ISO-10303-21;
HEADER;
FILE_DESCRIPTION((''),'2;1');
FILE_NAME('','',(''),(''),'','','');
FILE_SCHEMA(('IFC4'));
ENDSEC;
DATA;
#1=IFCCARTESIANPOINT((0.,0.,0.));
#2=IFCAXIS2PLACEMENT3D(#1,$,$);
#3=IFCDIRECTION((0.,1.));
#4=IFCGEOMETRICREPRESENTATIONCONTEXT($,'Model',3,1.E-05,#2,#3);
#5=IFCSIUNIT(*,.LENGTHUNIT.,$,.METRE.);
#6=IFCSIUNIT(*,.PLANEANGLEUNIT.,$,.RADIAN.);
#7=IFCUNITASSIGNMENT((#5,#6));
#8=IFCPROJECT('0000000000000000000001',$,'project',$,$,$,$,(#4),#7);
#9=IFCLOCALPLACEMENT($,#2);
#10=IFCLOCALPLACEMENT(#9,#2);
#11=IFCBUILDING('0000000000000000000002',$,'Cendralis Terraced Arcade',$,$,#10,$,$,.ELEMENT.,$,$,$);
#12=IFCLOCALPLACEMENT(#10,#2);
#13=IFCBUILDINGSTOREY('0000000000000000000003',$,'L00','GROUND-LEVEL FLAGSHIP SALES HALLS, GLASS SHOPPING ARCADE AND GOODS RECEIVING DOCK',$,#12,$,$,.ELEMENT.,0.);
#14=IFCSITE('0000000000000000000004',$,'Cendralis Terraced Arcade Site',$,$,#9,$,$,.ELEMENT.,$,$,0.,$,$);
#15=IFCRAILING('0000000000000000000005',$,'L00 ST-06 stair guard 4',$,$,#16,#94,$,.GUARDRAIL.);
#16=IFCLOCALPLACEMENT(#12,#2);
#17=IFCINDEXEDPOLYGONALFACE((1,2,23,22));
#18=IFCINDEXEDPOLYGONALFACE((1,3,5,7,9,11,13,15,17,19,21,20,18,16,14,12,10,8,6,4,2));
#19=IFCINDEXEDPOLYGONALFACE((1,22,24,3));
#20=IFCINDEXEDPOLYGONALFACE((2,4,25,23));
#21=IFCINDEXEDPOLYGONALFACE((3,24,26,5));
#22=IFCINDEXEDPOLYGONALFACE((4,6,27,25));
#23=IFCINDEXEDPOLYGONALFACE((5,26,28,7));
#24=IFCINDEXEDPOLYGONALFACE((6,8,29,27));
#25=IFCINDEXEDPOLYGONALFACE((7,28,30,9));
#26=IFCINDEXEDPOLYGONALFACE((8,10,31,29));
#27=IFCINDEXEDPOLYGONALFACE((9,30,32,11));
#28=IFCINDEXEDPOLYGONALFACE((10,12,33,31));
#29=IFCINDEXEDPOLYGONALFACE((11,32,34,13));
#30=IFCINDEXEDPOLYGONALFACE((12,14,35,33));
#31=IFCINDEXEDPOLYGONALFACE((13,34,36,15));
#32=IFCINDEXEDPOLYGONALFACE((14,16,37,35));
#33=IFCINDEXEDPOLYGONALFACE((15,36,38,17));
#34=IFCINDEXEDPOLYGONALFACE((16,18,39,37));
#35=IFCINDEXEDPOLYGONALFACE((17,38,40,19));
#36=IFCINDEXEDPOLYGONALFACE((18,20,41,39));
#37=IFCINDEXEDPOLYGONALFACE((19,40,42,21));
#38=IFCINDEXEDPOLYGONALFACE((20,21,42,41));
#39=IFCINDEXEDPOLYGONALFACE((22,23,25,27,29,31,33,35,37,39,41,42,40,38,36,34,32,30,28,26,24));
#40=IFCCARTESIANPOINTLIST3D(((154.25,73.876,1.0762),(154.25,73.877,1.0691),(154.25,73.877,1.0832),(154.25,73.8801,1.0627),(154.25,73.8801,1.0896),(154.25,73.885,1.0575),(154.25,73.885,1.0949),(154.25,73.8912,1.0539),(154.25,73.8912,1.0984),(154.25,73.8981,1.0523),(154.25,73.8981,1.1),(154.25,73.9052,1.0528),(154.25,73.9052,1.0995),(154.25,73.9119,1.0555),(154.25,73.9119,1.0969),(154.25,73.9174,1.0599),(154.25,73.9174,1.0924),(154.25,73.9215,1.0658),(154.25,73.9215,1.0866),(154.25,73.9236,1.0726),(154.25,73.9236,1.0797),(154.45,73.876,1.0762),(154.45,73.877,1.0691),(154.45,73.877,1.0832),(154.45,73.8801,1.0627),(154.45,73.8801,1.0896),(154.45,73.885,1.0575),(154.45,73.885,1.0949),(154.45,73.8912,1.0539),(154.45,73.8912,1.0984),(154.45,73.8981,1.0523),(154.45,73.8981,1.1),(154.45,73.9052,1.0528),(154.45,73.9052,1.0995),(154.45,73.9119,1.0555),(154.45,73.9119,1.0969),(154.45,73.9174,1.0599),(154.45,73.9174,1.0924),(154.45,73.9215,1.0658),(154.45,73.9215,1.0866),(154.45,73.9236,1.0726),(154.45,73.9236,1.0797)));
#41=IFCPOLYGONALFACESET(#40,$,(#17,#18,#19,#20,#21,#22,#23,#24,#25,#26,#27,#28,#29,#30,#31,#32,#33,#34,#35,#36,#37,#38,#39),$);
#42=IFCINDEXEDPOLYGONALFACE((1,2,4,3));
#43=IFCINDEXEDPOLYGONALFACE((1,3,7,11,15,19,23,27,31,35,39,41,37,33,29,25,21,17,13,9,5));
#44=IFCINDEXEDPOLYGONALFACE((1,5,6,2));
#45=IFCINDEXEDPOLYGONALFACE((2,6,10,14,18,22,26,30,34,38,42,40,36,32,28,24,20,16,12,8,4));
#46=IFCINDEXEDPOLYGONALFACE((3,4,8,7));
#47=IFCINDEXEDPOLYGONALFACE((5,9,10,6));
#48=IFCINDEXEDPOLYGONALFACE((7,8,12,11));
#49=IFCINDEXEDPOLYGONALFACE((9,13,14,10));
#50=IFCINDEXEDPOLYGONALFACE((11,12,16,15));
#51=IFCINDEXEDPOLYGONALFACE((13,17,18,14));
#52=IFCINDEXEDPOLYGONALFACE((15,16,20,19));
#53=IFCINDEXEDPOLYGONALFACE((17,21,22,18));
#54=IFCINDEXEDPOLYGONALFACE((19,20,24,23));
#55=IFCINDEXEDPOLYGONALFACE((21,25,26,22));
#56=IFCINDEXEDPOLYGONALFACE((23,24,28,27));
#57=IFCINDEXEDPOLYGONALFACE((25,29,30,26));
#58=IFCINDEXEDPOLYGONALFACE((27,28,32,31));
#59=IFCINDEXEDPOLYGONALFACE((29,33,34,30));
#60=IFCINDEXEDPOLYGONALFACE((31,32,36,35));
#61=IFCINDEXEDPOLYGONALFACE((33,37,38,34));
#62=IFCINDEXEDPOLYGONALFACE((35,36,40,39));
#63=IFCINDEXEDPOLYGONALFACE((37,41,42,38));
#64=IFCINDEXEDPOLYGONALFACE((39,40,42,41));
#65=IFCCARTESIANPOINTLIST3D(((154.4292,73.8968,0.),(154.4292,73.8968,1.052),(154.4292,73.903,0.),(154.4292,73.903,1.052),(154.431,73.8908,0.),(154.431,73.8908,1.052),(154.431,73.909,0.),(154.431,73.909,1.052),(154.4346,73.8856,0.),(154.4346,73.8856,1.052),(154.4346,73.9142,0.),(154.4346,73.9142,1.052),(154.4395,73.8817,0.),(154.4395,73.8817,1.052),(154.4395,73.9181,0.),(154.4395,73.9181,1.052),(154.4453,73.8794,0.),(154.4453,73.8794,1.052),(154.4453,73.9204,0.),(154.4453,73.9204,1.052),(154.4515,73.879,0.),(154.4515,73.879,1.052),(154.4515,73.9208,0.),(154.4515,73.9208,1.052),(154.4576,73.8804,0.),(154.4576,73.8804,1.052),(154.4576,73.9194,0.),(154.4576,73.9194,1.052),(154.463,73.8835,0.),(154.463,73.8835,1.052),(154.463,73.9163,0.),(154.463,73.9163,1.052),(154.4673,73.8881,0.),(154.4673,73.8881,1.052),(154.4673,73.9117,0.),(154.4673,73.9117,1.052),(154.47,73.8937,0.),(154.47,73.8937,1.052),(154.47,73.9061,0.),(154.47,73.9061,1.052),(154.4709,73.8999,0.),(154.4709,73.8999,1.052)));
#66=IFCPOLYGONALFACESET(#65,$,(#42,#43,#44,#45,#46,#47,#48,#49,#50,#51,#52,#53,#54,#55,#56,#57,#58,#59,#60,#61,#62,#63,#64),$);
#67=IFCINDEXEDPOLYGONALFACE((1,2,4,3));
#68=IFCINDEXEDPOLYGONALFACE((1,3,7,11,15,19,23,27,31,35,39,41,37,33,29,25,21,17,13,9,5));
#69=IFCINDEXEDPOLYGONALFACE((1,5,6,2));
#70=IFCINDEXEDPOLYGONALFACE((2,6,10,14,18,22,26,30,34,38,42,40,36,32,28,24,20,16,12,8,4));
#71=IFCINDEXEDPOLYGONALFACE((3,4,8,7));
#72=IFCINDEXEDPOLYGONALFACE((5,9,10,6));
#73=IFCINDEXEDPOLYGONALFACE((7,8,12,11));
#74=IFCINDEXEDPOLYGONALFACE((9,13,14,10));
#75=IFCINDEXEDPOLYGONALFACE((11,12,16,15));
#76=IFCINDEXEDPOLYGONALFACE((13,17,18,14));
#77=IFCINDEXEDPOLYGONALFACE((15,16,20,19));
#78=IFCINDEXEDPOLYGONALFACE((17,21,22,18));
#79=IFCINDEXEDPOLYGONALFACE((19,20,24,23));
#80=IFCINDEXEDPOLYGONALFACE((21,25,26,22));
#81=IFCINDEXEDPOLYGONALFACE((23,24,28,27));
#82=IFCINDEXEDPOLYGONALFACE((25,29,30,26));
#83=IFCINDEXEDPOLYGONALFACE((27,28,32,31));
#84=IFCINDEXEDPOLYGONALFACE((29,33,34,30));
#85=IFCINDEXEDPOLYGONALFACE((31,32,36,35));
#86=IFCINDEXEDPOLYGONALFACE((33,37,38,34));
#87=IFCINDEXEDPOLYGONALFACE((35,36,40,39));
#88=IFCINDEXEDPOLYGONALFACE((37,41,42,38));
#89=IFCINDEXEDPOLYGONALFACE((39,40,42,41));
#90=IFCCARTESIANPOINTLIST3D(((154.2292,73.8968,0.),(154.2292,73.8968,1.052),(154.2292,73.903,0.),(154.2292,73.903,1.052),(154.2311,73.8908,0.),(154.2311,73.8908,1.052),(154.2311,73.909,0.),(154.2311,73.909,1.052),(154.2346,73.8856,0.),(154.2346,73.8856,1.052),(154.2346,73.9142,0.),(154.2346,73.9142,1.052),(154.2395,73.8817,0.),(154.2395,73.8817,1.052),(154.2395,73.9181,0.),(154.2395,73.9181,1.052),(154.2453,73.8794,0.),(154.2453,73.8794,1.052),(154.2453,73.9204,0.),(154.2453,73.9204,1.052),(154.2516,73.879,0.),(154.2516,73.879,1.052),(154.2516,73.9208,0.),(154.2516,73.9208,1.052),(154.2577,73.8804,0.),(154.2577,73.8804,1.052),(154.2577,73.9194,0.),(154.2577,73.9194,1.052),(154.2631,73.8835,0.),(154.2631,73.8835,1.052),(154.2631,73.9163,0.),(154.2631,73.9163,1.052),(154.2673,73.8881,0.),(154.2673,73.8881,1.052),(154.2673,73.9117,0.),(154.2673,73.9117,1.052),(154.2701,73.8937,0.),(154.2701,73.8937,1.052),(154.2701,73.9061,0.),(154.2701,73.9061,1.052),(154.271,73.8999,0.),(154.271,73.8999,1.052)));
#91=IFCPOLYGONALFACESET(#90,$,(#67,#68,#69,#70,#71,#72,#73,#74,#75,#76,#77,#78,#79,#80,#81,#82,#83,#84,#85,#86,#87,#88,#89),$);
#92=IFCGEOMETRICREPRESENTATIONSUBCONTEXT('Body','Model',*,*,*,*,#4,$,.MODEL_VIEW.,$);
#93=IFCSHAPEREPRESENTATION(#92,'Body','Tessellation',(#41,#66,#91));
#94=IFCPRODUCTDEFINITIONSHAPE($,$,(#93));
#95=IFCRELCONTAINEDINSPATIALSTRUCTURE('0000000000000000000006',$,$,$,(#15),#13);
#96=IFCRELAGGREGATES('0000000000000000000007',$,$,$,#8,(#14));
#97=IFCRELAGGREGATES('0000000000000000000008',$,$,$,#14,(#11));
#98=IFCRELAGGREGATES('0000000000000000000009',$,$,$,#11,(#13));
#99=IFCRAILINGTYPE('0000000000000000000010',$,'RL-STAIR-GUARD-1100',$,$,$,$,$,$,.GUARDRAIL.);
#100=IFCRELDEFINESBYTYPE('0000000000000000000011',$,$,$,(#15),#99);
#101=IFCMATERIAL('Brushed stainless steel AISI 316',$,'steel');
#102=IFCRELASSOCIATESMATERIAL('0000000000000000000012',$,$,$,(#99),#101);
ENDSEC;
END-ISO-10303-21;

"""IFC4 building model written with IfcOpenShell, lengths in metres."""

from ifc_helpers import new_model, si_unit, direction, frame, origin, origin_2d, place, context, subcontext, project, spatial, circle, extrude, material, type_object, element, save


model = new_model("IFC4")

# Units and contexts
model_context = context("Model", 3, precision=1e-05, world=origin(), true_north=direction((0.0, 1.0)))
body_context = subcontext(model_context, "Body", "Model", "MODEL_VIEW")
ifc_project = project(units=[si_unit("LENGTHUNIT", "METRE"), si_unit("PLANEANGLEUNIT", "RADIAN")], contexts=[model_context])

# Site, building, storey
site_placement = place(None, origin())
site = spatial("IfcSite", under=ifc_project, at=site_placement, Name="Cendralis Terraced Arcade Site", CompositionType="ELEMENT", RefElevation=0.0)
building_placement = place(site_placement, origin())
building = spatial("IfcBuilding", under=site, at=building_placement, Name="Cendralis Terraced Arcade", CompositionType="ELEMENT")
storey_placement = place(building_placement, origin())
storey = spatial("IfcBuildingStorey", under=building, at=storey_placement, Name="L00", Description="GROUND-LEVEL FLAGSHIP SALES HALLS, GLASS SHOPPING ARCADE AND GOODS RECEIVING DOCK", CompositionType="ELEMENT", Elevation=0.0)

# Railing
ifc_material_1 = material(Name="Brushed stainless steel AISI 316", Category="steel")
railing_type_1 = type_object("IfcRailingType", Name="RL-STAIR-GUARD-1100", PredefinedType="GUARDRAIL", material=ifc_material_1)
railing_1_placement = place(storey_placement, frame((154.45, 73.8999, 0.0)))
element("IfcRailing", 1, at=railing_1_placement, inside=storey, type_object=railing_type_1, Name="L00 ST-06 stair guard 4", PredefinedType="GUARDRAIL", context=body_context, shape_type="SweptSolid", body=[
    extrude(circle(Radius=0.0239, at=origin_2d()), frame((0.0, 0.0, 1.0762), z_axis=(-1.0, 0.0, 0.0), x_axis=(0.0, -1.0, 0.0)), (0.0, 0.0, 1.0), 0.2),
    extrude(circle(Radius=0.021, at=origin_2d()), origin(), (0.0, 0.0, 1.0), 1.052),
    extrude(circle(Radius=0.021, at=origin_2d()), frame((-0.2, 0.0, 0.0)), (0.0, 0.0, 1.0), 1.052),
])

save(model, "model.ifc")
